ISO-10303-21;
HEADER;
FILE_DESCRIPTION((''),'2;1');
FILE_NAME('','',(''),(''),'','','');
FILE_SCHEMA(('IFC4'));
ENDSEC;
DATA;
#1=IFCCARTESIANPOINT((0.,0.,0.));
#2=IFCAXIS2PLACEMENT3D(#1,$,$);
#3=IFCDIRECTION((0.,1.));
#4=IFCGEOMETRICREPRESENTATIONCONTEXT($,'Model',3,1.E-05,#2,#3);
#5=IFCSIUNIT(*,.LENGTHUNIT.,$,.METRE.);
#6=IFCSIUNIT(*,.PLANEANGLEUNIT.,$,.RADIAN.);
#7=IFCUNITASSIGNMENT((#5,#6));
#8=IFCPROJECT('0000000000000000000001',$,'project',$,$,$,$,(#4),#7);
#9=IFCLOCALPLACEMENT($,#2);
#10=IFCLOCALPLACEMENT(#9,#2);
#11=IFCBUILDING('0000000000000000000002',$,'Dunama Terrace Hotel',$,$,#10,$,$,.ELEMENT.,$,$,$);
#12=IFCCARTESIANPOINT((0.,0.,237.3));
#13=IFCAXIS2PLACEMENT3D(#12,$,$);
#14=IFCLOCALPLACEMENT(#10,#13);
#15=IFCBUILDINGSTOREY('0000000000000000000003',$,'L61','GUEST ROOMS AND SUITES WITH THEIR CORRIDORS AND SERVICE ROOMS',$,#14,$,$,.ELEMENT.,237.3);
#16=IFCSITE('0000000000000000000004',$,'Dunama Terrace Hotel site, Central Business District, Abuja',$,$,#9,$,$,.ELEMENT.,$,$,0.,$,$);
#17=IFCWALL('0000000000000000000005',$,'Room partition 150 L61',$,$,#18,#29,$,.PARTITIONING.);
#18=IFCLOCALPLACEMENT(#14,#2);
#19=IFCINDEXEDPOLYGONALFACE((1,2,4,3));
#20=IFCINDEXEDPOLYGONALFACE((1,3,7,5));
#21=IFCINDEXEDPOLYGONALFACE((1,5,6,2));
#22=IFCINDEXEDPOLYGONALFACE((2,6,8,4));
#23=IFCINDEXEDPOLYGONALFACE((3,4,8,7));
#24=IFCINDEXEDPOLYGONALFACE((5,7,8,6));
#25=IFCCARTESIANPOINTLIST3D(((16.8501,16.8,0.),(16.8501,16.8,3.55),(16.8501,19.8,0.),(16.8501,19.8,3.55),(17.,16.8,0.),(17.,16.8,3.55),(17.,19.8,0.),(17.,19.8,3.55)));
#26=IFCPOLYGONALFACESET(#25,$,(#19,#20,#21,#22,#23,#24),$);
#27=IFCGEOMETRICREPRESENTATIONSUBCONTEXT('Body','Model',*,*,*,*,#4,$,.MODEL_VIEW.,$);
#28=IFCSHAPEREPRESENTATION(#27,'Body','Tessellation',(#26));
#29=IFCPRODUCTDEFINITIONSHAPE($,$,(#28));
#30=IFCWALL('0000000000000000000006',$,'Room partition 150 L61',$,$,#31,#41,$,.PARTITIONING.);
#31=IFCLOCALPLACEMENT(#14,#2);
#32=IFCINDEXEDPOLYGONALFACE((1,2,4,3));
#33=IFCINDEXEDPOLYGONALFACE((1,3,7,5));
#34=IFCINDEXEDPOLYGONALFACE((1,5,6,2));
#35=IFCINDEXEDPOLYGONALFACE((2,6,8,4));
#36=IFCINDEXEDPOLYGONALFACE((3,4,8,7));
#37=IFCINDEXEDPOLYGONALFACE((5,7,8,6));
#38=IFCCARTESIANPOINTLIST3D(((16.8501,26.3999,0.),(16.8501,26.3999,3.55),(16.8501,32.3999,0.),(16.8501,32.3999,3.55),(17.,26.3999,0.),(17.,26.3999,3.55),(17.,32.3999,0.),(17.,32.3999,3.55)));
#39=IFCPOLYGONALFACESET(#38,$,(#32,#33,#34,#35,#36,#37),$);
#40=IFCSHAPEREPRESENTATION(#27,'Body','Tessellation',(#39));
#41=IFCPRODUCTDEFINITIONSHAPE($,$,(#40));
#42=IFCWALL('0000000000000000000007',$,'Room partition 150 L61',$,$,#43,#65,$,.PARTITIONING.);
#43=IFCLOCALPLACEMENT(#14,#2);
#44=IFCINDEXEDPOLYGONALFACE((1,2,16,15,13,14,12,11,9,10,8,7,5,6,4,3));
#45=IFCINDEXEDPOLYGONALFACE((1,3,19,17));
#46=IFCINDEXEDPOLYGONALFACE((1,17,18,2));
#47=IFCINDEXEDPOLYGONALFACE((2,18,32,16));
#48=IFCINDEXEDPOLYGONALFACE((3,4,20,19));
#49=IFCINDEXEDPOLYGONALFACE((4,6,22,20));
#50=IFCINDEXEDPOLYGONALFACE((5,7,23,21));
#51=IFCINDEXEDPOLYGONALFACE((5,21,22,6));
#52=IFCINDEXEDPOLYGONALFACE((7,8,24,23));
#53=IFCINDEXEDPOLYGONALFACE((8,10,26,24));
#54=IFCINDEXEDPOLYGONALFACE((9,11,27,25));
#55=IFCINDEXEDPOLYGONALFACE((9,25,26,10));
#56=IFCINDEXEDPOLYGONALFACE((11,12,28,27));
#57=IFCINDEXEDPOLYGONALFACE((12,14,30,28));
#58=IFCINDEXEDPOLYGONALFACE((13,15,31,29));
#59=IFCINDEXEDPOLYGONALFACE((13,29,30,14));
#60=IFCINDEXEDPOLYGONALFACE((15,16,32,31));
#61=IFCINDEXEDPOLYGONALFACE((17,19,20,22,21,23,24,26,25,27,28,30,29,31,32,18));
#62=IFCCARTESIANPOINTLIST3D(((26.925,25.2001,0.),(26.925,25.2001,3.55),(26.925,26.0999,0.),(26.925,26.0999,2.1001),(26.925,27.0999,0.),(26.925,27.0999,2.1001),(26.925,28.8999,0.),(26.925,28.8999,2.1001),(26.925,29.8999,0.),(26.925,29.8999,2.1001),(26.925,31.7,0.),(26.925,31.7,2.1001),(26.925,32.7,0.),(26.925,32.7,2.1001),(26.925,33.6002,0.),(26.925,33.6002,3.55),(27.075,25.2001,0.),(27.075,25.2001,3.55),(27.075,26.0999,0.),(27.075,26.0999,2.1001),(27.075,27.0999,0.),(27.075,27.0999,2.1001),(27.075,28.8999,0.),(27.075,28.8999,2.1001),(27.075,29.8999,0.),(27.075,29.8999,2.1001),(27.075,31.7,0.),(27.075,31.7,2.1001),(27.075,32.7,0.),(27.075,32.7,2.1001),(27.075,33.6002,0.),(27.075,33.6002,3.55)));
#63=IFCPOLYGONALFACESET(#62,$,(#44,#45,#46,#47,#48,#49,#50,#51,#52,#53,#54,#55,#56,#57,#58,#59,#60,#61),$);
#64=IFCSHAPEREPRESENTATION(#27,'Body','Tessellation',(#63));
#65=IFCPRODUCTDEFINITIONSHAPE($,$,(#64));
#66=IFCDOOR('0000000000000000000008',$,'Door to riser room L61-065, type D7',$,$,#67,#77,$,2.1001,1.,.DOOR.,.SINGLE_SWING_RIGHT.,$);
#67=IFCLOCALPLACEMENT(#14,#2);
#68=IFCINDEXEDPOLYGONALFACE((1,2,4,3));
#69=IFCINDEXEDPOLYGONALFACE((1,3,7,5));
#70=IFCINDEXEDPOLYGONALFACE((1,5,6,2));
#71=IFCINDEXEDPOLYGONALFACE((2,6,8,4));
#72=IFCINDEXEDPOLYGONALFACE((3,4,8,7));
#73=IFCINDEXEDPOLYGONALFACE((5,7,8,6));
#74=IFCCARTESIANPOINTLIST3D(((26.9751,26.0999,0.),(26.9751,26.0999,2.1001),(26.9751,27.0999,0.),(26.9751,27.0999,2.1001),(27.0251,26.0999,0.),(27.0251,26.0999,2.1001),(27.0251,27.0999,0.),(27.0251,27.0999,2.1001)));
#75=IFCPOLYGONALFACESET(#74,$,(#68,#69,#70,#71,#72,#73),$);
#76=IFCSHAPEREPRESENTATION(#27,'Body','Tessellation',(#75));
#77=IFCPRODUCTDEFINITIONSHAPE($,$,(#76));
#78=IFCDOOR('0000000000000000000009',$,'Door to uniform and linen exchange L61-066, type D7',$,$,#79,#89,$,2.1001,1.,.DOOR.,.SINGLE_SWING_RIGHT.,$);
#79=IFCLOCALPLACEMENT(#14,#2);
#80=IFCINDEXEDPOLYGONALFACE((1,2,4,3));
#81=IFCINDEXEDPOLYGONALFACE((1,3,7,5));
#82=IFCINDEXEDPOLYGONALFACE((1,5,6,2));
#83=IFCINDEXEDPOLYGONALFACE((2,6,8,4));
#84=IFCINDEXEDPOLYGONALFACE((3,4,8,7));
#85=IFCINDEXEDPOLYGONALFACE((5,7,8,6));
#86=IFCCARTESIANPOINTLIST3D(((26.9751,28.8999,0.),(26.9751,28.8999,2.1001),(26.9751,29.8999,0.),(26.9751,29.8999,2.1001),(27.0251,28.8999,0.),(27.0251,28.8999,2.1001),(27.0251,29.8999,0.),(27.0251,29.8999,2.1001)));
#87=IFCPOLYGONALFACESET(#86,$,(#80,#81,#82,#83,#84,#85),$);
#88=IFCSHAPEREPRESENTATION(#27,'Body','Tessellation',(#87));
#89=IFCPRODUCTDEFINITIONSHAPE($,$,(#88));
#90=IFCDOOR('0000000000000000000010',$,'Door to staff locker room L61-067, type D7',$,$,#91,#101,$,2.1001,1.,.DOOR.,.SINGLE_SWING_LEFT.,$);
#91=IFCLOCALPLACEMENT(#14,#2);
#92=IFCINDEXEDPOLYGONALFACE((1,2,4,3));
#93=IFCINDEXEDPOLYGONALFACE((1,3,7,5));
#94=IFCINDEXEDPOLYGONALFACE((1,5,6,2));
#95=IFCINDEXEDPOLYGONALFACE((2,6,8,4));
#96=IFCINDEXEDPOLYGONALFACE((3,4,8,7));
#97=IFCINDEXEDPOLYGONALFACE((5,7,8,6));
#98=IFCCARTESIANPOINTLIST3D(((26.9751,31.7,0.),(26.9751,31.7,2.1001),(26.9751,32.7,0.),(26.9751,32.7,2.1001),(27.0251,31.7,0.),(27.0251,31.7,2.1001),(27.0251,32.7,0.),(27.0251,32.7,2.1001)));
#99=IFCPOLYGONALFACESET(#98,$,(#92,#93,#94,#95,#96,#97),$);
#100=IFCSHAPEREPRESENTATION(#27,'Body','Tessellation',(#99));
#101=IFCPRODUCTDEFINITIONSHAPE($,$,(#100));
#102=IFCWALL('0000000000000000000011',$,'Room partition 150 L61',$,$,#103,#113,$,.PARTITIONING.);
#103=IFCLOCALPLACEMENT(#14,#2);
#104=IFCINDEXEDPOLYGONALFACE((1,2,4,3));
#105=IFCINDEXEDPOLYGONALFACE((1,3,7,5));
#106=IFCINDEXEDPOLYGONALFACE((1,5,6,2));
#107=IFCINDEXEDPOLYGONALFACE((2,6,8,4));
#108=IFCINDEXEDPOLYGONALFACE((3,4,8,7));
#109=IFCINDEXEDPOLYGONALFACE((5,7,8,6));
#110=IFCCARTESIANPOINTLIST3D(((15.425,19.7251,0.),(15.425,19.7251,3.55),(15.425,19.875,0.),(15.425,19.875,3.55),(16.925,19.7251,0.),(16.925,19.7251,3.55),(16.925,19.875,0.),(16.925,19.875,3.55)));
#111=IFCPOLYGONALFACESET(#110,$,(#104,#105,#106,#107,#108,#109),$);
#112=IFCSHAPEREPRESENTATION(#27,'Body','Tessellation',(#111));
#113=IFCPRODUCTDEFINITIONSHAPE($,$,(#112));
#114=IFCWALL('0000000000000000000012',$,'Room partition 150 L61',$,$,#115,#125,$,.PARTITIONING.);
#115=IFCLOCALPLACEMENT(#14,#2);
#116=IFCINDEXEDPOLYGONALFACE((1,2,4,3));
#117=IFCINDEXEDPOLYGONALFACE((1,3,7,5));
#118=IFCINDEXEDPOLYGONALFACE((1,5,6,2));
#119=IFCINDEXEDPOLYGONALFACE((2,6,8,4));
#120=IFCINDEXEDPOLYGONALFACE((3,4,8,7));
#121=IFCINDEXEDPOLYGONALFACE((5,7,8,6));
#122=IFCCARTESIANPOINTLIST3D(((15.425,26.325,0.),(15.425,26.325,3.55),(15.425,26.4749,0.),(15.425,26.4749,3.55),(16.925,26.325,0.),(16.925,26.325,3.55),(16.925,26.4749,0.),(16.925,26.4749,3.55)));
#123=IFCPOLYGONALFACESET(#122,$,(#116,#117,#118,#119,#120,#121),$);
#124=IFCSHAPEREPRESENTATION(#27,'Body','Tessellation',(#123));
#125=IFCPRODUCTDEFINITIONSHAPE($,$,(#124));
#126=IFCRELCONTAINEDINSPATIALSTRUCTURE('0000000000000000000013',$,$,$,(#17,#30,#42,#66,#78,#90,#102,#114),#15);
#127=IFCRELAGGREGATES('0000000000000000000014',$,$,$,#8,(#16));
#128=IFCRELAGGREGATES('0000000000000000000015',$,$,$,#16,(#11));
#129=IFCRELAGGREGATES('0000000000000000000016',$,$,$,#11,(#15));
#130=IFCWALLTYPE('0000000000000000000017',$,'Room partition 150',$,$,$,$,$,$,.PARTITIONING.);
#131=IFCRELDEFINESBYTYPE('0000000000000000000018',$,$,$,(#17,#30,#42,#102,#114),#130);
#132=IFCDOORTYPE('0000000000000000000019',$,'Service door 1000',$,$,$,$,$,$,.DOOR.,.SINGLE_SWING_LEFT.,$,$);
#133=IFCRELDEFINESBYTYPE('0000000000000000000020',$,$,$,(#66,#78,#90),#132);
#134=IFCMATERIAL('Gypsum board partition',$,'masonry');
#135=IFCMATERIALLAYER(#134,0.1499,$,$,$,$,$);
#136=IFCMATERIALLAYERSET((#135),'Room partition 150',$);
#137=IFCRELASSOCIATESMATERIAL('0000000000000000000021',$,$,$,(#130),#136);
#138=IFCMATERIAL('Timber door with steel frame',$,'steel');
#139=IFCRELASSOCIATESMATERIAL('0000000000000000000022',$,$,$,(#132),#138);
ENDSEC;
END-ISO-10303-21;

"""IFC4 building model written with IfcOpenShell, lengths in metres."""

from ifc_helpers import new_model, si_unit, direction, frame, frame_2d, origin, place, context, subcontext, project, spatial, rectangle, extrude, material, layer, layer_set, type_object, element, fill, save


model = new_model("IFC4")

# Units and contexts
model_context = context("Model", 3, precision=1e-05, world=origin(), true_north=direction((0.0, 1.0)))
body_context = subcontext(model_context, "Body", "Model", "MODEL_VIEW")
ifc_project = project(units=[si_unit("LENGTHUNIT", "METRE"), si_unit("PLANEANGLEUNIT", "RADIAN")], contexts=[model_context])

# Site, building, storey
site_placement = place(None, origin())
site = spatial("IfcSite", under=ifc_project, at=site_placement, Name="Dunama Terrace Hotel site, Central Business District, Abuja", CompositionType="ELEMENT", RefElevation=0.0)
building_placement = place(site_placement, origin())
building = spatial("IfcBuilding", under=site, at=building_placement, Name="Dunama Terrace Hotel", CompositionType="ELEMENT")
storey_placement = place(building_placement, frame((0.0, 0.0, 237.3)))
storey = spatial("IfcBuildingStorey", under=building, at=storey_placement, Name="L61", Description="GUEST ROOMS AND SUITES WITH THEIR CORRIDORS AND SERVICE ROOMS", CompositionType="ELEMENT", Elevation=237.3)

# Shared definitions
ifc_material_1 = material(Name="Gypsum board partition", Category="masonry")
ifc_layer_1 = layer(ifc_material_1, 0.1499)
ifc_layer_set_1 = layer_set([ifc_layer_1], Name="Room partition 150")
wall_type_1 = type_object("IfcWallType", Name="Room partition 150", PredefinedType="PARTITIONING", material=ifc_layer_set_1)

# Walls
wall_1_placement = place(storey_placement, frame((16.925, 16.8, 0.0), z_axis=(0.0, 0.0, 1.0), x_axis=(0.0, 1.0, 0.0)))
element("IfcWall", 1, at=wall_1_placement, inside=storey, type_object=wall_type_1, Name="Room partition 150 L61", PredefinedType="PARTITIONING", context=body_context, shape_type="SweptSolid", body=[
    extrude(rectangle(XDim=3.0, YDim=0.1499, at=frame_2d((1.5, 0.0))), origin(), (0.0, 0.0, 1.0), 3.55),
])
wall_2_placement = place(storey_placement, frame((16.925, 26.3999, 0.0), z_axis=(0.0, 0.0, 1.0), x_axis=(0.0, 1.0, 0.0)))
element("IfcWall", 2, at=wall_2_placement, inside=storey, type_object=wall_type_1, Name="Room partition 150 L61", PredefinedType="PARTITIONING", context=body_context, shape_type="SweptSolid", body=[
    extrude(rectangle(XDim=6.0, YDim=0.1499, at=frame_2d((3.0, 0.0))), origin(), (0.0, 0.0, 1.0), 3.55),
])

# Wall, openings, doors
wall_3_placement = place(storey_placement, frame((27.0, 25.2, 0.0), z_axis=(0.0, 0.0, 1.0), x_axis=(0.0, 1.0, 0.0)))
wall_3 = element("IfcWall", 3, at=wall_3_placement, inside=storey, type_object=wall_type_1, Name="Room partition 150 L61", PredefinedType="PARTITIONING", context=body_context, shape_type="SweptSolid", body=[
    extrude(rectangle(XDim=8.4001, YDim=0.1499, at=frame_2d((4.2002, 0.0))), origin(), (0.0, 0.0, 1.0), 3.55),
])
opening_1_placement = place(wall_3_placement, frame((0.8999, 0.0, 0.0)))
opening_1 = element("IfcOpeningElement", 4, at=opening_1_placement, cuts=wall_3, PredefinedType="OPENING", context=body_context, shape_type="SweptSolid", body=[
    extrude(rectangle(XDim=1.0, YDim=2.1001, at=frame_2d((0.5, 1.05))), frame((0.0, 0.085, 0.0), z_axis=(0.0, -1.0, 0.0), x_axis=(1.0, 0.0, 0.0)), (0.0, 0.0, 1.0), 0.1699),
])
opening_2_placement = place(wall_3_placement, frame((3.7, 0.0, 0.0)))
opening_2 = element("IfcOpeningElement", 5, at=opening_2_placement, cuts=wall_3, PredefinedType="OPENING", context=body_context, shape_type="SweptSolid", body=[
    extrude(rectangle(XDim=1.0, YDim=2.1001, at=frame_2d((0.5, 1.05))), frame((0.0, 0.085, 0.0), z_axis=(0.0, -1.0, 0.0), x_axis=(1.0, 0.0, 0.0)), (0.0, 0.0, 1.0), 0.1699),
])
opening_3_placement = place(wall_3_placement, frame((6.5, 0.0, 0.0)))
opening_3 = element("IfcOpeningElement", 6, at=opening_3_placement, cuts=wall_3, PredefinedType="OPENING", context=body_context, shape_type="SweptSolid", body=[
    extrude(rectangle(XDim=1.0, YDim=2.1001, at=frame_2d((0.5, 1.05))), frame((0.0, 0.085, 0.0), z_axis=(0.0, -1.0, 0.0), x_axis=(1.0, 0.0, 0.0)), (0.0, 0.0, 1.0), 0.1699),
])
ifc_material_2 = material(Name="Timber door with steel frame", Category="steel")
door_type_1 = type_object("IfcDoorType", Name="Service door 1000", OperationType="SINGLE_SWING_LEFT", PredefinedType="DOOR", material=ifc_material_2)
door_1_placement = place(opening_1_placement, frame((1.0, 0.0, 0.0), z_axis=(0.0, 0.0, 1.0), x_axis=(-1.0, 0.0, 0.0)))
door_1 = element("IfcDoor", 7, at=door_1_placement, inside=storey, type_object=door_type_1, Name="Door to riser room L61-065, type D7", OperationType="SINGLE_SWING_RIGHT", OverallHeight=2.1001, OverallWidth=1.0, PredefinedType="DOOR", context=body_context, shape_type="SweptSolid", body=[
    extrude(rectangle(XDim=1.0, YDim=2.1001, at=frame_2d((0.5, 1.05))), frame((0.0, 0.0251, 0.0), z_axis=(0.0, -1.0, 0.0), x_axis=(1.0, 0.0, 0.0)), (0.0, 0.0, 1.0), 0.05),
])
fill(opening_1, door_1)
door_2_placement = place(opening_2_placement, frame((1.0, 0.0, 0.0), z_axis=(0.0, 0.0, 1.0), x_axis=(-1.0, 0.0, 0.0)))
door_2 = element("IfcDoor", 8, at=door_2_placement, inside=storey, type_object=door_type_1, Name="Door to uniform and linen exchange L61-066, type D7", OperationType="SINGLE_SWING_RIGHT", OverallHeight=2.1001, OverallWidth=1.0, PredefinedType="DOOR", context=body_context, shape_type="SweptSolid", body=[
    extrude(rectangle(XDim=1.0, YDim=2.1001, at=frame_2d((0.5, 1.05))), frame((0.0, 0.0251, 0.0), z_axis=(0.0, -1.0, 0.0), x_axis=(1.0, 0.0, 0.0)), (0.0, 0.0, 1.0), 0.05),
])
fill(opening_2, door_2)
door_3_placement = place(opening_3_placement, frame((1.0, 0.0, 0.0), z_axis=(0.0, 0.0, 1.0), x_axis=(-1.0, 0.0, 0.0)))
door_3 = element("IfcDoor", 9, at=door_3_placement, inside=storey, type_object=door_type_1, Name="Door to staff locker room L61-067, type D7", OperationType="SINGLE_SWING_LEFT", OverallHeight=2.1001, OverallWidth=1.0, PredefinedType="DOOR", context=body_context, shape_type="SweptSolid", body=[
    extrude(rectangle(XDim=1.0, YDim=2.1001, at=frame_2d((0.5, 1.05))), frame((0.0, 0.0251, 0.0), z_axis=(0.0, -1.0, 0.0), x_axis=(1.0, 0.0, 0.0)), (0.0, 0.0, 1.0), 0.05),
])
fill(opening_3, door_3)

# Walls
for number, where, z_axis, x_axis, name in (
    (10, (15.425, 19.8, 0.0), (0.0, 0.0, 1.0), (1.0, 0.0, 0.0), "Room partition 150 L61"),
    (11, (15.425, 26.3999, 0.0), (0.0, 0.0, 1.0), (1.0, 0.0, 0.0), "Room partition 150 L61"),
):
    element("IfcWall", number, at=place(storey_placement, frame(where, z_axis=z_axis, x_axis=x_axis)), inside=storey, type_object=wall_type_1, Name=name, PredefinedType="PARTITIONING", context=body_context, shape_type="SweptSolid", body=[
        extrude(rectangle(XDim=1.5, YDim=0.1499, at=frame_2d((0.75, 0.0))), origin(), (0.0, 0.0, 1.0), 3.55),
    ])

save(model, "model.ifc")
